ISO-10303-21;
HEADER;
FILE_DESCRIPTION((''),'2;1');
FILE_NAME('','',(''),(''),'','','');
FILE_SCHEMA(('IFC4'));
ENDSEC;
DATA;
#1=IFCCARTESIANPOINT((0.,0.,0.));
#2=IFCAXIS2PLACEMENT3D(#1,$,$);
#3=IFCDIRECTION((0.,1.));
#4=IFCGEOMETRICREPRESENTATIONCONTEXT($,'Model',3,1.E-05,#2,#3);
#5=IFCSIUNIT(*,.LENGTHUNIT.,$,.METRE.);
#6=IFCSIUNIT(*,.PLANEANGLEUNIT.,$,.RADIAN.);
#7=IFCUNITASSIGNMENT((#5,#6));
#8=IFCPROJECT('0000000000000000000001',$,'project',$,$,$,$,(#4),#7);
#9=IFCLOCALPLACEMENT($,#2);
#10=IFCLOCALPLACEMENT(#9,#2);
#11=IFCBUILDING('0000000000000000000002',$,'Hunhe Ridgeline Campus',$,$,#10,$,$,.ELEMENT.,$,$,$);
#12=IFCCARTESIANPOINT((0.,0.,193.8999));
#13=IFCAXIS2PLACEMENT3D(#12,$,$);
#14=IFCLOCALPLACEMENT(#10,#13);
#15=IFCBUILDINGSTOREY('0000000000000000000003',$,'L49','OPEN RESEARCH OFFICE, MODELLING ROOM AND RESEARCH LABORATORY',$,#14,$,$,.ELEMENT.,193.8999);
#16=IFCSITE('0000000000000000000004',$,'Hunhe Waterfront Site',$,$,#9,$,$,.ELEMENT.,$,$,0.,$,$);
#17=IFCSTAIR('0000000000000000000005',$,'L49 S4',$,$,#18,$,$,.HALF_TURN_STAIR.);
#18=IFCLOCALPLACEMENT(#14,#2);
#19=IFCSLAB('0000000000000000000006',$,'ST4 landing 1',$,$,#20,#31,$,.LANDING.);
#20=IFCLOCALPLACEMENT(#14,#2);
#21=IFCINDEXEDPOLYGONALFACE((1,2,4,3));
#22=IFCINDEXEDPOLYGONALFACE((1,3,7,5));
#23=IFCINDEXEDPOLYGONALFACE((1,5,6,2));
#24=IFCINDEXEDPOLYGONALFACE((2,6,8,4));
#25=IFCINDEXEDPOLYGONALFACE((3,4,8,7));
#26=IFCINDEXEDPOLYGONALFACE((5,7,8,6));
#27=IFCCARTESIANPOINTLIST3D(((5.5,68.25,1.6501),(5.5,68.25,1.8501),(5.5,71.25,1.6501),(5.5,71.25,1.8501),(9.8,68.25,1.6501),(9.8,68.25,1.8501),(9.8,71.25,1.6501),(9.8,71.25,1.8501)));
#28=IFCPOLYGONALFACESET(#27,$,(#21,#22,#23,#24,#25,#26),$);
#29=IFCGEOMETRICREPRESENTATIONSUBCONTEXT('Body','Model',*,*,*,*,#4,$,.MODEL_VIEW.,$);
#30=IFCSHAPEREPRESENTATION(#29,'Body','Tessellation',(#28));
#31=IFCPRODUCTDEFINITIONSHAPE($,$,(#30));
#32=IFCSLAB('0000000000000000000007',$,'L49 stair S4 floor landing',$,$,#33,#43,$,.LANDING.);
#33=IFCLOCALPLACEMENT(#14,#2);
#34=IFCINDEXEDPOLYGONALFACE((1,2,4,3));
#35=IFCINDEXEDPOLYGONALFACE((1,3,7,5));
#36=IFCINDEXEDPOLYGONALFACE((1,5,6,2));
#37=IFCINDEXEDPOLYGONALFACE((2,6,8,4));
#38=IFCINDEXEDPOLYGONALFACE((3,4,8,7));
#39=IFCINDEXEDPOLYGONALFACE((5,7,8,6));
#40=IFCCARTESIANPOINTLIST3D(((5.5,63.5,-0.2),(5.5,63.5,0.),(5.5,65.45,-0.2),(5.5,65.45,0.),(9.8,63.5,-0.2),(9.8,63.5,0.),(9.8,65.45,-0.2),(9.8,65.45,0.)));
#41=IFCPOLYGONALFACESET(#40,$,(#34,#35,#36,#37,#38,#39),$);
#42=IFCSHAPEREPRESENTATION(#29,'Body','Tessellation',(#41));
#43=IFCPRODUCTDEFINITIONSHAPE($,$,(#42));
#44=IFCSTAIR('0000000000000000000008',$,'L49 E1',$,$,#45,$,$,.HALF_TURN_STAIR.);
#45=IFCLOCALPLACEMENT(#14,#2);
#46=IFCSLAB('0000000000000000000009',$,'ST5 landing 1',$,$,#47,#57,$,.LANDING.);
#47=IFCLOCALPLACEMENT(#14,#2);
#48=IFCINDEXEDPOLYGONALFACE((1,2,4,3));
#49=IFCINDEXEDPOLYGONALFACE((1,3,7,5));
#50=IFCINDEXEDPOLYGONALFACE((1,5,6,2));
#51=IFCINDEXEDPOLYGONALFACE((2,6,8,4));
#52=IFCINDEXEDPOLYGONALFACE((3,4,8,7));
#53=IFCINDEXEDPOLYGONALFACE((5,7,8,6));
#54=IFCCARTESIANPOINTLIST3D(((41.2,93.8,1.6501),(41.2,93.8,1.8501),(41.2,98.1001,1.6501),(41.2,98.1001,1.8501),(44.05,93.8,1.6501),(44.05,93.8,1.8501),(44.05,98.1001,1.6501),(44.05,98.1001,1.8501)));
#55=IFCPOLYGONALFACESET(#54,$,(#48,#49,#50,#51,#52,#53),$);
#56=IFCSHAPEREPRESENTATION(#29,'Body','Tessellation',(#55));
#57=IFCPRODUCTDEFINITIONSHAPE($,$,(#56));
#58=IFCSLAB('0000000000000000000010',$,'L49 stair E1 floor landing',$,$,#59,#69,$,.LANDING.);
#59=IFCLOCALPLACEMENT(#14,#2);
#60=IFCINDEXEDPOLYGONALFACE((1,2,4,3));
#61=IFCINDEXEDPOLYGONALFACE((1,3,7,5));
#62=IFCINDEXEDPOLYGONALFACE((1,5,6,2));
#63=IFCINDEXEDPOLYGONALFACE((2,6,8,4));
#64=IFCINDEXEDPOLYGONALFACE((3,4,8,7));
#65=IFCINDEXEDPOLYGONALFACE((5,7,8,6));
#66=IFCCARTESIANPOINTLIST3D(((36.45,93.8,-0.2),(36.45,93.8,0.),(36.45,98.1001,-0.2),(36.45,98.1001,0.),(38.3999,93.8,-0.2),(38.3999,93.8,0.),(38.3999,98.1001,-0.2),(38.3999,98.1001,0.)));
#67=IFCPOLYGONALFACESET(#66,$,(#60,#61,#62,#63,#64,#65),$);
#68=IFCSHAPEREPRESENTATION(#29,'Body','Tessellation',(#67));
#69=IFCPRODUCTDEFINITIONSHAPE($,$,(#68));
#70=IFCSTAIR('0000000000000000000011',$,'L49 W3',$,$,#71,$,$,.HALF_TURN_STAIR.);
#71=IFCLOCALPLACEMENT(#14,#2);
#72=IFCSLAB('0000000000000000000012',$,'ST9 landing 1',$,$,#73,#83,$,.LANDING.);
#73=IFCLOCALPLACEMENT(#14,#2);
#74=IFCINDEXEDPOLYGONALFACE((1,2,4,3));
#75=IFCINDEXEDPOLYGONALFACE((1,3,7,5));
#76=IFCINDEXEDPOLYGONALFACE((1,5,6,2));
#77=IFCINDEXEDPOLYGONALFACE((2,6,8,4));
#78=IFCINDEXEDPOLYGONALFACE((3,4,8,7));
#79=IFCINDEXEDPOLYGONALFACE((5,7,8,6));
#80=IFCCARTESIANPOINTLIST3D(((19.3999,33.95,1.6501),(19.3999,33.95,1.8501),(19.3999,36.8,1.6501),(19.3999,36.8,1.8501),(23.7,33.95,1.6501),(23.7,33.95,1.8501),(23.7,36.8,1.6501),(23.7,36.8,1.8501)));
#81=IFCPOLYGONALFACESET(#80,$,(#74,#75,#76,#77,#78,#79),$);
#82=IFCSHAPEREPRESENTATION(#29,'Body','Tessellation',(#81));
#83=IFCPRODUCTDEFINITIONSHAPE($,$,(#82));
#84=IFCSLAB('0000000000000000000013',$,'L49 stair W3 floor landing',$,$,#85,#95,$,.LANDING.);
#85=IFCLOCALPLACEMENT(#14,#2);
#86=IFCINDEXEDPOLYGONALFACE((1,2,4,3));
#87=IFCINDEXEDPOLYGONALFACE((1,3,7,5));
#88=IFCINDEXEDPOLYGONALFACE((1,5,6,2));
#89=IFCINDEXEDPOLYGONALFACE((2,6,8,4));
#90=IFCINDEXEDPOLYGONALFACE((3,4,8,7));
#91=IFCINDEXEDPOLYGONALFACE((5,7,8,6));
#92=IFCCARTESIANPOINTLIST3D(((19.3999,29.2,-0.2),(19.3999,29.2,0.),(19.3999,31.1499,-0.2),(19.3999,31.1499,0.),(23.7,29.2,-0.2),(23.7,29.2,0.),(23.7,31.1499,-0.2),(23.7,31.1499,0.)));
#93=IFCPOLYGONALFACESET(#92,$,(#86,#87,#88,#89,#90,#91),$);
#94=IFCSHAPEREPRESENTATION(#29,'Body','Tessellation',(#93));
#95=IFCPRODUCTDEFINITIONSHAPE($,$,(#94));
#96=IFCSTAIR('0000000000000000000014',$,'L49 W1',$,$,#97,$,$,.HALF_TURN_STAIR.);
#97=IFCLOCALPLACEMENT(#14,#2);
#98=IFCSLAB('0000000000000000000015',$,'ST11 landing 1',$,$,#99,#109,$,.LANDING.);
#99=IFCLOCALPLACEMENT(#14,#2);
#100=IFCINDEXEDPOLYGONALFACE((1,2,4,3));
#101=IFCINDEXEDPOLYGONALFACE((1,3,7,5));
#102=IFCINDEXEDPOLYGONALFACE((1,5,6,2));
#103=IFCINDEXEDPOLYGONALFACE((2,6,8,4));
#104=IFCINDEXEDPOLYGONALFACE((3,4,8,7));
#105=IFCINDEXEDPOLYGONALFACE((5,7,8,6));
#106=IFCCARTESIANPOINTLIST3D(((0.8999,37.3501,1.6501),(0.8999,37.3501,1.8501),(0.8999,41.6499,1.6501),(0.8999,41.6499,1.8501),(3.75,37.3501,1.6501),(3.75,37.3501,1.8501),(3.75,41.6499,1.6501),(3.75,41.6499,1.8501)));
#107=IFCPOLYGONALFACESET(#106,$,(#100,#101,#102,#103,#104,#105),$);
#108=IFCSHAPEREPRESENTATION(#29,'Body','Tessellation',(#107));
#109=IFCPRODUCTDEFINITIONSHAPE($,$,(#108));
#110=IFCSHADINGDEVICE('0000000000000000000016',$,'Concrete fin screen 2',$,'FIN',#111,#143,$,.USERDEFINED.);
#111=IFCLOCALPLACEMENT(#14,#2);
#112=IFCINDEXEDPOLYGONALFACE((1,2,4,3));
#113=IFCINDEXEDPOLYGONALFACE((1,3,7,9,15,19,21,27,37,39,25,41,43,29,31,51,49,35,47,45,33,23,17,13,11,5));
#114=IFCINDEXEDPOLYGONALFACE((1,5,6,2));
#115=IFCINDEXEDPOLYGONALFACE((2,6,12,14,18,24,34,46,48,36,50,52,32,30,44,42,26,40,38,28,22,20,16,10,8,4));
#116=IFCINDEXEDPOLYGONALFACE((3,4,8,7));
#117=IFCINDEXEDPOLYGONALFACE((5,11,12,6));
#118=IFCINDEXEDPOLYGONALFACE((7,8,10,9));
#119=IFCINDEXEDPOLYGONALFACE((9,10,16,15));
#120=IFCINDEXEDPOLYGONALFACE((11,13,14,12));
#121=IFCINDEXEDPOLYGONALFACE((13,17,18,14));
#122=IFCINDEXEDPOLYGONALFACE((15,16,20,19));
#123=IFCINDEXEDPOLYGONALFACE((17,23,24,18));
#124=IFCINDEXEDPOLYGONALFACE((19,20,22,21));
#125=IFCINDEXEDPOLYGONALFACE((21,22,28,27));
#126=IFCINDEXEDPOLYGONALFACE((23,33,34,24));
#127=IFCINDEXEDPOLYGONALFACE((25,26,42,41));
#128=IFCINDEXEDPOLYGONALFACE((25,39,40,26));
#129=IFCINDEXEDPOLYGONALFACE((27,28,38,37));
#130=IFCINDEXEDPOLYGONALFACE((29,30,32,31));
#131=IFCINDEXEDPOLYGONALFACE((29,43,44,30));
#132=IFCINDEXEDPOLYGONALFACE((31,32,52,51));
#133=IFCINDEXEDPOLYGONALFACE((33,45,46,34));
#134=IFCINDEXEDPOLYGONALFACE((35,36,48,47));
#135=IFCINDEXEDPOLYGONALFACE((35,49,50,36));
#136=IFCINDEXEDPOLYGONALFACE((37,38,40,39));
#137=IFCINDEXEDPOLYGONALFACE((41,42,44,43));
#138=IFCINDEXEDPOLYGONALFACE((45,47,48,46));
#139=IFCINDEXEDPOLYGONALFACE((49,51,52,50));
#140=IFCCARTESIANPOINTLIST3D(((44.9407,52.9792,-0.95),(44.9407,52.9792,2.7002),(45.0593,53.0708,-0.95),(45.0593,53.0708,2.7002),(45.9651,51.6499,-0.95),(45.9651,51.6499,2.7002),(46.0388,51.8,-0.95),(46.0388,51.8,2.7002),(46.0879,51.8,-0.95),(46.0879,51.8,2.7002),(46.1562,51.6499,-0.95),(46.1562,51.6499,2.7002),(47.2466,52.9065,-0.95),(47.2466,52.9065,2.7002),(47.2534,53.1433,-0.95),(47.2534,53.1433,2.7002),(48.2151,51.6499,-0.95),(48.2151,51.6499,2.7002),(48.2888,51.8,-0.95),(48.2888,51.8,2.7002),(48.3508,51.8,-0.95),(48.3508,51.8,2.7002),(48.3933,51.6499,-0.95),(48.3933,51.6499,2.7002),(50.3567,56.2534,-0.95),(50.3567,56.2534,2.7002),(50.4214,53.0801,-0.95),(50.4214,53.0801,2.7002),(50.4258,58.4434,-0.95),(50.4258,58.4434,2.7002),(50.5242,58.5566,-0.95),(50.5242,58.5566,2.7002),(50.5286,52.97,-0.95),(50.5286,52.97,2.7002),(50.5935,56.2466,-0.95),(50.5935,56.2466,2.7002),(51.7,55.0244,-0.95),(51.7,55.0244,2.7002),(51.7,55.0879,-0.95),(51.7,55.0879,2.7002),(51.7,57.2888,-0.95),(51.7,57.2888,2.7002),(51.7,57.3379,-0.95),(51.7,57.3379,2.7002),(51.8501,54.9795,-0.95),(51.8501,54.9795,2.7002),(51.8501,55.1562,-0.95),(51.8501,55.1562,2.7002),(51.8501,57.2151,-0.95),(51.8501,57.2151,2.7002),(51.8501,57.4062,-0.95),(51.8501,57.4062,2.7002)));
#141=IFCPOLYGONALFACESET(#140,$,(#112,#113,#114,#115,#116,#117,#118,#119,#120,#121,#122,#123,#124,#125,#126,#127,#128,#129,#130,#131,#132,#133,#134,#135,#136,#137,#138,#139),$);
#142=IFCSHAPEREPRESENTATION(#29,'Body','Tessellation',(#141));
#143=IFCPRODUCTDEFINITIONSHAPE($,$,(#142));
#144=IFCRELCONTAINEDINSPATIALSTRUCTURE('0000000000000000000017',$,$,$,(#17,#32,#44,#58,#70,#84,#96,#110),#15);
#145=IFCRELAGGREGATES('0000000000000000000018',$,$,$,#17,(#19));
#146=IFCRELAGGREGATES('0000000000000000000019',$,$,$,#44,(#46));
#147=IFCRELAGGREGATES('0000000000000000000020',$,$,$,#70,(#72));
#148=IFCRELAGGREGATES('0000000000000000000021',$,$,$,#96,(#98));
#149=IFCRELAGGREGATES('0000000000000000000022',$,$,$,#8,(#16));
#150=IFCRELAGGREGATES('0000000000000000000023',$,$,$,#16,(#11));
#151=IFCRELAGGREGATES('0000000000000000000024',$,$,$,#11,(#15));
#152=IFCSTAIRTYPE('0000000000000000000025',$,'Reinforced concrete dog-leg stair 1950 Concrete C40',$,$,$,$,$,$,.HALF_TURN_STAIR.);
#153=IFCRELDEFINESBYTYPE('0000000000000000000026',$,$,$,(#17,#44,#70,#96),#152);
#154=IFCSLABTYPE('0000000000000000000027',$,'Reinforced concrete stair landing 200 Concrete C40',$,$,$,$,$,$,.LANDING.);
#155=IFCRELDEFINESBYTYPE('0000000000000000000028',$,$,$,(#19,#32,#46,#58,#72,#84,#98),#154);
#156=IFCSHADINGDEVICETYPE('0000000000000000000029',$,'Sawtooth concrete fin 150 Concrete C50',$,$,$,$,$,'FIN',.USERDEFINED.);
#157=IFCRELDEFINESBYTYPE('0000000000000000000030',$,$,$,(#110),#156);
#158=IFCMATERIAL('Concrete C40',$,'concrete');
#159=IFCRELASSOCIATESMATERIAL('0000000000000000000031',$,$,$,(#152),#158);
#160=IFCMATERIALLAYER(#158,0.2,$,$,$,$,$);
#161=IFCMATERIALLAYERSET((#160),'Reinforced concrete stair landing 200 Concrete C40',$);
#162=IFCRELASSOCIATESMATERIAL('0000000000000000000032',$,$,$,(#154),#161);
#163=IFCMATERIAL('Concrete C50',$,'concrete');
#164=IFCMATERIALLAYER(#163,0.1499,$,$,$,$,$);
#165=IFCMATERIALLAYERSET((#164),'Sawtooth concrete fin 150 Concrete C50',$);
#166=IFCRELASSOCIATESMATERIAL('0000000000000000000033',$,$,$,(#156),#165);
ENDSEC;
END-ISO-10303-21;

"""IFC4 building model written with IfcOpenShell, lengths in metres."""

from ifc_helpers import new_model, si_unit, direction, frame, origin, place, context, subcontext, project, spatial, polyline, outline, extrude, material, layer, layer_set, type_object, element, aggregate, save


model = new_model("IFC4")

# Units and contexts
model_context = context("Model", 3, precision=1e-05, world=origin(), true_north=direction((0.0, 1.0)))
body_context = subcontext(model_context, "Body", "Model", "MODEL_VIEW")
ifc_project = project(units=[si_unit("LENGTHUNIT", "METRE"), si_unit("PLANEANGLEUNIT", "RADIAN")], contexts=[model_context])

# Site, building, storey
site_placement = place(None, origin())
site = spatial("IfcSite", under=ifc_project, at=site_placement, Name="Hunhe Waterfront Site", CompositionType="ELEMENT", RefElevation=0.0)
building_placement = place(site_placement, origin())
building = spatial("IfcBuilding", under=site, at=building_placement, Name="Hunhe Ridgeline Campus", CompositionType="ELEMENT")
storey_placement = place(building_placement, frame((0.0, 0.0, 193.8999)))
storey = spatial("IfcBuildingStorey", under=building, at=storey_placement, Name="L49", Description="OPEN RESEARCH OFFICE, MODELLING ROOM AND RESEARCH LABORATORY", CompositionType="ELEMENT", Elevation=193.8999)

# Shared definitions
ifc_material_1 = material(Name="Concrete C40", Category="concrete")

# Shared definitions
stair_type = type_object("IfcStairType", Name="Reinforced concrete dog-leg stair 1950 Concrete C40", PredefinedType="HALF_TURN_STAIR", material=ifc_material_1)
ifc_layer_1 = layer(ifc_material_1, 0.2)
ifc_layer_set_1 = layer_set([ifc_layer_1], Name="Reinforced concrete stair landing 200 Concrete C40")
slab_type_1 = type_object("IfcSlabType", Name="Reinforced concrete stair landing 200 Concrete C40", PredefinedType="LANDING", material=ifc_layer_set_1)

# Stair, slab
stair_1_placement = place(storey_placement, origin())
stair_1 = element("IfcStair", 1, at=stair_1_placement, inside=storey, type_object=stair_type, Name="L49 S4", PredefinedType="HALF_TURN_STAIR")
slab_1_placement = place(storey_placement, frame((0.0, 0.0, 1.6501)))
slab_1 = element("IfcSlab", 2, at=slab_1_placement, type_object=slab_type_1, Name="ST4 landing 1", PredefinedType="LANDING", context=body_context, shape_type="SweptSolid", body=[
    extrude(outline(polyline([(9.8, 68.25), (9.8, 71.25), (5.5, 71.25), (5.5, 68.25), (9.8, 68.25)])), origin(), (0.0, 0.0, 1.0), 0.2),
])
aggregate(stair_1, [slab_1])

# Slab
slab_2_placement = place(storey_placement, frame((0.0, 0.0, -0.2)))
element("IfcSlab", 3, at=slab_2_placement, inside=storey, type_object=slab_type_1, Name="L49 stair S4 floor landing", PredefinedType="LANDING", context=body_context, shape_type="SweptSolid", body=[
    extrude(outline(polyline([(9.8, 63.5), (9.8, 65.45), (5.5, 65.45), (5.5, 63.5), (9.8, 63.5)])), origin(), (0.0, 0.0, 1.0), 0.2),
])

# Stair, slab
stair_2_placement = place(storey_placement, origin())
stair_2 = element("IfcStair", 4, at=stair_2_placement, inside=storey, type_object=stair_type, Name="L49 E1", PredefinedType="HALF_TURN_STAIR")
slab_3_placement = place(storey_placement, frame((0.0, 0.0, 1.6501)))
slab_3 = element("IfcSlab", 5, at=slab_3_placement, type_object=slab_type_1, Name="ST5 landing 1", PredefinedType="LANDING", context=body_context, shape_type="SweptSolid", body=[
    extrude(outline(polyline([(41.2, 93.8), (44.05, 93.8), (44.05, 98.1001), (41.2, 98.1001), (41.2, 93.8)])), origin(), (0.0, 0.0, 1.0), 0.2),
])
aggregate(stair_2, [slab_3])

# Slab
slab_4_placement = place(storey_placement, frame((0.0, 0.0, -0.2)))
element("IfcSlab", 6, at=slab_4_placement, inside=storey, type_object=slab_type_1, Name="L49 stair E1 floor landing", PredefinedType="LANDING", context=body_context, shape_type="SweptSolid", body=[
    extrude(outline(polyline([(36.45, 93.8), (38.3999, 93.8), (38.3999, 98.1001), (36.45, 98.1001), (36.45, 93.8)])), origin(), (0.0, 0.0, 1.0), 0.2),
])

# Stair, slab
stair_3_placement = place(storey_placement, origin())
stair_3 = element("IfcStair", 7, at=stair_3_placement, inside=storey, type_object=stair_type, Name="L49 W3", PredefinedType="HALF_TURN_STAIR")
slab_5_placement = place(storey_placement, frame((0.0, 0.0, 1.6501)))
slab_5 = element("IfcSlab", 8, at=slab_5_placement, type_object=slab_type_1, Name="ST9 landing 1", PredefinedType="LANDING", context=body_context, shape_type="SweptSolid", body=[
    extrude(outline(polyline([(23.7, 33.95), (23.7, 36.8), (19.3999, 36.8), (19.3999, 33.95), (23.7, 33.95)])), origin(), (0.0, 0.0, 1.0), 0.2),
])
aggregate(stair_3, [slab_5])

# Slab
slab_6_placement = place(storey_placement, frame((0.0, 0.0, -0.2)))
element("IfcSlab", 9, at=slab_6_placement, inside=storey, type_object=slab_type_1, Name="L49 stair W3 floor landing", PredefinedType="LANDING", context=body_context, shape_type="SweptSolid", body=[
    extrude(outline(polyline([(23.7, 29.2), (23.7, 31.1499), (19.3999, 31.1499), (19.3999, 29.2), (23.7, 29.2)])), origin(), (0.0, 0.0, 1.0), 0.2),
])

# Stair, slab
stair_4_placement = place(storey_placement, origin())
stair_4 = element("IfcStair", 10, at=stair_4_placement, inside=storey, type_object=stair_type, Name="L49 W1", PredefinedType="HALF_TURN_STAIR")
slab_7_placement = place(storey_placement, frame((0.0, 0.0, 1.6501)))
slab_7 = element("IfcSlab", 11, at=slab_7_placement, type_object=slab_type_1, Name="ST11 landing 1", PredefinedType="LANDING", context=body_context, shape_type="SweptSolid", body=[
    extrude(outline(polyline([(3.75, 41.6499), (0.8999, 41.6499), (0.8999, 37.3501), (3.75, 37.3501), (3.75, 41.6499)])), origin(), (0.0, 0.0, 1.0), 0.2),
])
aggregate(stair_4, [slab_7])

# Shading device
ifc_material_2 = material(Name="Concrete C50", Category="concrete")
ifc_layer_2 = layer(ifc_material_2, 0.1499)
ifc_layer_set_2 = layer_set([ifc_layer_2], Name="Sawtooth concrete fin 150 Concrete C50")
shading_device_type = type_object("IfcShadingDeviceType", Name="Sawtooth concrete fin 150 Concrete C50", ElementType="FIN", PredefinedType="USERDEFINED", material=ifc_layer_set_2)
shading_device_1_placement = place(storey_placement, frame((0.0, 0.0, -0.95)))
element("IfcShadingDevice", 12, at=shading_device_1_placement, inside=storey, type_object=shading_device_type, Name="Concrete fin screen 2", ObjectType="FIN", PredefinedType="USERDEFINED", context=body_context, shape_type="SweptSolid", body=[
    extrude(outline(polyline([(45.0593, 53.0708), (44.9407, 52.9792), (45.9651, 51.6499), (46.1562, 51.6499), (47.2466, 52.9065), (48.2151, 51.6499), (48.3933, 51.6499), (50.5286, 52.97), (51.8501, 54.9795), (51.8501, 55.1562), (50.5935, 56.2466), (51.8501, 57.2151), (51.8501, 57.4062), (50.5242, 58.5566), (50.4258, 58.4434), (51.7, 57.3379), (51.7, 57.2888), (50.3567, 56.2534), (51.7, 55.0879), (51.7, 55.0244), (50.4214, 53.0801), (48.3508, 51.8), (48.2888, 51.8), (47.2534, 53.1433), (46.0879, 51.8), (46.0388, 51.8), (45.0593, 53.0708)])), origin(), (0.0, 0.0, 1.0), 3.6501),
])

save(model, "model.ifc")
